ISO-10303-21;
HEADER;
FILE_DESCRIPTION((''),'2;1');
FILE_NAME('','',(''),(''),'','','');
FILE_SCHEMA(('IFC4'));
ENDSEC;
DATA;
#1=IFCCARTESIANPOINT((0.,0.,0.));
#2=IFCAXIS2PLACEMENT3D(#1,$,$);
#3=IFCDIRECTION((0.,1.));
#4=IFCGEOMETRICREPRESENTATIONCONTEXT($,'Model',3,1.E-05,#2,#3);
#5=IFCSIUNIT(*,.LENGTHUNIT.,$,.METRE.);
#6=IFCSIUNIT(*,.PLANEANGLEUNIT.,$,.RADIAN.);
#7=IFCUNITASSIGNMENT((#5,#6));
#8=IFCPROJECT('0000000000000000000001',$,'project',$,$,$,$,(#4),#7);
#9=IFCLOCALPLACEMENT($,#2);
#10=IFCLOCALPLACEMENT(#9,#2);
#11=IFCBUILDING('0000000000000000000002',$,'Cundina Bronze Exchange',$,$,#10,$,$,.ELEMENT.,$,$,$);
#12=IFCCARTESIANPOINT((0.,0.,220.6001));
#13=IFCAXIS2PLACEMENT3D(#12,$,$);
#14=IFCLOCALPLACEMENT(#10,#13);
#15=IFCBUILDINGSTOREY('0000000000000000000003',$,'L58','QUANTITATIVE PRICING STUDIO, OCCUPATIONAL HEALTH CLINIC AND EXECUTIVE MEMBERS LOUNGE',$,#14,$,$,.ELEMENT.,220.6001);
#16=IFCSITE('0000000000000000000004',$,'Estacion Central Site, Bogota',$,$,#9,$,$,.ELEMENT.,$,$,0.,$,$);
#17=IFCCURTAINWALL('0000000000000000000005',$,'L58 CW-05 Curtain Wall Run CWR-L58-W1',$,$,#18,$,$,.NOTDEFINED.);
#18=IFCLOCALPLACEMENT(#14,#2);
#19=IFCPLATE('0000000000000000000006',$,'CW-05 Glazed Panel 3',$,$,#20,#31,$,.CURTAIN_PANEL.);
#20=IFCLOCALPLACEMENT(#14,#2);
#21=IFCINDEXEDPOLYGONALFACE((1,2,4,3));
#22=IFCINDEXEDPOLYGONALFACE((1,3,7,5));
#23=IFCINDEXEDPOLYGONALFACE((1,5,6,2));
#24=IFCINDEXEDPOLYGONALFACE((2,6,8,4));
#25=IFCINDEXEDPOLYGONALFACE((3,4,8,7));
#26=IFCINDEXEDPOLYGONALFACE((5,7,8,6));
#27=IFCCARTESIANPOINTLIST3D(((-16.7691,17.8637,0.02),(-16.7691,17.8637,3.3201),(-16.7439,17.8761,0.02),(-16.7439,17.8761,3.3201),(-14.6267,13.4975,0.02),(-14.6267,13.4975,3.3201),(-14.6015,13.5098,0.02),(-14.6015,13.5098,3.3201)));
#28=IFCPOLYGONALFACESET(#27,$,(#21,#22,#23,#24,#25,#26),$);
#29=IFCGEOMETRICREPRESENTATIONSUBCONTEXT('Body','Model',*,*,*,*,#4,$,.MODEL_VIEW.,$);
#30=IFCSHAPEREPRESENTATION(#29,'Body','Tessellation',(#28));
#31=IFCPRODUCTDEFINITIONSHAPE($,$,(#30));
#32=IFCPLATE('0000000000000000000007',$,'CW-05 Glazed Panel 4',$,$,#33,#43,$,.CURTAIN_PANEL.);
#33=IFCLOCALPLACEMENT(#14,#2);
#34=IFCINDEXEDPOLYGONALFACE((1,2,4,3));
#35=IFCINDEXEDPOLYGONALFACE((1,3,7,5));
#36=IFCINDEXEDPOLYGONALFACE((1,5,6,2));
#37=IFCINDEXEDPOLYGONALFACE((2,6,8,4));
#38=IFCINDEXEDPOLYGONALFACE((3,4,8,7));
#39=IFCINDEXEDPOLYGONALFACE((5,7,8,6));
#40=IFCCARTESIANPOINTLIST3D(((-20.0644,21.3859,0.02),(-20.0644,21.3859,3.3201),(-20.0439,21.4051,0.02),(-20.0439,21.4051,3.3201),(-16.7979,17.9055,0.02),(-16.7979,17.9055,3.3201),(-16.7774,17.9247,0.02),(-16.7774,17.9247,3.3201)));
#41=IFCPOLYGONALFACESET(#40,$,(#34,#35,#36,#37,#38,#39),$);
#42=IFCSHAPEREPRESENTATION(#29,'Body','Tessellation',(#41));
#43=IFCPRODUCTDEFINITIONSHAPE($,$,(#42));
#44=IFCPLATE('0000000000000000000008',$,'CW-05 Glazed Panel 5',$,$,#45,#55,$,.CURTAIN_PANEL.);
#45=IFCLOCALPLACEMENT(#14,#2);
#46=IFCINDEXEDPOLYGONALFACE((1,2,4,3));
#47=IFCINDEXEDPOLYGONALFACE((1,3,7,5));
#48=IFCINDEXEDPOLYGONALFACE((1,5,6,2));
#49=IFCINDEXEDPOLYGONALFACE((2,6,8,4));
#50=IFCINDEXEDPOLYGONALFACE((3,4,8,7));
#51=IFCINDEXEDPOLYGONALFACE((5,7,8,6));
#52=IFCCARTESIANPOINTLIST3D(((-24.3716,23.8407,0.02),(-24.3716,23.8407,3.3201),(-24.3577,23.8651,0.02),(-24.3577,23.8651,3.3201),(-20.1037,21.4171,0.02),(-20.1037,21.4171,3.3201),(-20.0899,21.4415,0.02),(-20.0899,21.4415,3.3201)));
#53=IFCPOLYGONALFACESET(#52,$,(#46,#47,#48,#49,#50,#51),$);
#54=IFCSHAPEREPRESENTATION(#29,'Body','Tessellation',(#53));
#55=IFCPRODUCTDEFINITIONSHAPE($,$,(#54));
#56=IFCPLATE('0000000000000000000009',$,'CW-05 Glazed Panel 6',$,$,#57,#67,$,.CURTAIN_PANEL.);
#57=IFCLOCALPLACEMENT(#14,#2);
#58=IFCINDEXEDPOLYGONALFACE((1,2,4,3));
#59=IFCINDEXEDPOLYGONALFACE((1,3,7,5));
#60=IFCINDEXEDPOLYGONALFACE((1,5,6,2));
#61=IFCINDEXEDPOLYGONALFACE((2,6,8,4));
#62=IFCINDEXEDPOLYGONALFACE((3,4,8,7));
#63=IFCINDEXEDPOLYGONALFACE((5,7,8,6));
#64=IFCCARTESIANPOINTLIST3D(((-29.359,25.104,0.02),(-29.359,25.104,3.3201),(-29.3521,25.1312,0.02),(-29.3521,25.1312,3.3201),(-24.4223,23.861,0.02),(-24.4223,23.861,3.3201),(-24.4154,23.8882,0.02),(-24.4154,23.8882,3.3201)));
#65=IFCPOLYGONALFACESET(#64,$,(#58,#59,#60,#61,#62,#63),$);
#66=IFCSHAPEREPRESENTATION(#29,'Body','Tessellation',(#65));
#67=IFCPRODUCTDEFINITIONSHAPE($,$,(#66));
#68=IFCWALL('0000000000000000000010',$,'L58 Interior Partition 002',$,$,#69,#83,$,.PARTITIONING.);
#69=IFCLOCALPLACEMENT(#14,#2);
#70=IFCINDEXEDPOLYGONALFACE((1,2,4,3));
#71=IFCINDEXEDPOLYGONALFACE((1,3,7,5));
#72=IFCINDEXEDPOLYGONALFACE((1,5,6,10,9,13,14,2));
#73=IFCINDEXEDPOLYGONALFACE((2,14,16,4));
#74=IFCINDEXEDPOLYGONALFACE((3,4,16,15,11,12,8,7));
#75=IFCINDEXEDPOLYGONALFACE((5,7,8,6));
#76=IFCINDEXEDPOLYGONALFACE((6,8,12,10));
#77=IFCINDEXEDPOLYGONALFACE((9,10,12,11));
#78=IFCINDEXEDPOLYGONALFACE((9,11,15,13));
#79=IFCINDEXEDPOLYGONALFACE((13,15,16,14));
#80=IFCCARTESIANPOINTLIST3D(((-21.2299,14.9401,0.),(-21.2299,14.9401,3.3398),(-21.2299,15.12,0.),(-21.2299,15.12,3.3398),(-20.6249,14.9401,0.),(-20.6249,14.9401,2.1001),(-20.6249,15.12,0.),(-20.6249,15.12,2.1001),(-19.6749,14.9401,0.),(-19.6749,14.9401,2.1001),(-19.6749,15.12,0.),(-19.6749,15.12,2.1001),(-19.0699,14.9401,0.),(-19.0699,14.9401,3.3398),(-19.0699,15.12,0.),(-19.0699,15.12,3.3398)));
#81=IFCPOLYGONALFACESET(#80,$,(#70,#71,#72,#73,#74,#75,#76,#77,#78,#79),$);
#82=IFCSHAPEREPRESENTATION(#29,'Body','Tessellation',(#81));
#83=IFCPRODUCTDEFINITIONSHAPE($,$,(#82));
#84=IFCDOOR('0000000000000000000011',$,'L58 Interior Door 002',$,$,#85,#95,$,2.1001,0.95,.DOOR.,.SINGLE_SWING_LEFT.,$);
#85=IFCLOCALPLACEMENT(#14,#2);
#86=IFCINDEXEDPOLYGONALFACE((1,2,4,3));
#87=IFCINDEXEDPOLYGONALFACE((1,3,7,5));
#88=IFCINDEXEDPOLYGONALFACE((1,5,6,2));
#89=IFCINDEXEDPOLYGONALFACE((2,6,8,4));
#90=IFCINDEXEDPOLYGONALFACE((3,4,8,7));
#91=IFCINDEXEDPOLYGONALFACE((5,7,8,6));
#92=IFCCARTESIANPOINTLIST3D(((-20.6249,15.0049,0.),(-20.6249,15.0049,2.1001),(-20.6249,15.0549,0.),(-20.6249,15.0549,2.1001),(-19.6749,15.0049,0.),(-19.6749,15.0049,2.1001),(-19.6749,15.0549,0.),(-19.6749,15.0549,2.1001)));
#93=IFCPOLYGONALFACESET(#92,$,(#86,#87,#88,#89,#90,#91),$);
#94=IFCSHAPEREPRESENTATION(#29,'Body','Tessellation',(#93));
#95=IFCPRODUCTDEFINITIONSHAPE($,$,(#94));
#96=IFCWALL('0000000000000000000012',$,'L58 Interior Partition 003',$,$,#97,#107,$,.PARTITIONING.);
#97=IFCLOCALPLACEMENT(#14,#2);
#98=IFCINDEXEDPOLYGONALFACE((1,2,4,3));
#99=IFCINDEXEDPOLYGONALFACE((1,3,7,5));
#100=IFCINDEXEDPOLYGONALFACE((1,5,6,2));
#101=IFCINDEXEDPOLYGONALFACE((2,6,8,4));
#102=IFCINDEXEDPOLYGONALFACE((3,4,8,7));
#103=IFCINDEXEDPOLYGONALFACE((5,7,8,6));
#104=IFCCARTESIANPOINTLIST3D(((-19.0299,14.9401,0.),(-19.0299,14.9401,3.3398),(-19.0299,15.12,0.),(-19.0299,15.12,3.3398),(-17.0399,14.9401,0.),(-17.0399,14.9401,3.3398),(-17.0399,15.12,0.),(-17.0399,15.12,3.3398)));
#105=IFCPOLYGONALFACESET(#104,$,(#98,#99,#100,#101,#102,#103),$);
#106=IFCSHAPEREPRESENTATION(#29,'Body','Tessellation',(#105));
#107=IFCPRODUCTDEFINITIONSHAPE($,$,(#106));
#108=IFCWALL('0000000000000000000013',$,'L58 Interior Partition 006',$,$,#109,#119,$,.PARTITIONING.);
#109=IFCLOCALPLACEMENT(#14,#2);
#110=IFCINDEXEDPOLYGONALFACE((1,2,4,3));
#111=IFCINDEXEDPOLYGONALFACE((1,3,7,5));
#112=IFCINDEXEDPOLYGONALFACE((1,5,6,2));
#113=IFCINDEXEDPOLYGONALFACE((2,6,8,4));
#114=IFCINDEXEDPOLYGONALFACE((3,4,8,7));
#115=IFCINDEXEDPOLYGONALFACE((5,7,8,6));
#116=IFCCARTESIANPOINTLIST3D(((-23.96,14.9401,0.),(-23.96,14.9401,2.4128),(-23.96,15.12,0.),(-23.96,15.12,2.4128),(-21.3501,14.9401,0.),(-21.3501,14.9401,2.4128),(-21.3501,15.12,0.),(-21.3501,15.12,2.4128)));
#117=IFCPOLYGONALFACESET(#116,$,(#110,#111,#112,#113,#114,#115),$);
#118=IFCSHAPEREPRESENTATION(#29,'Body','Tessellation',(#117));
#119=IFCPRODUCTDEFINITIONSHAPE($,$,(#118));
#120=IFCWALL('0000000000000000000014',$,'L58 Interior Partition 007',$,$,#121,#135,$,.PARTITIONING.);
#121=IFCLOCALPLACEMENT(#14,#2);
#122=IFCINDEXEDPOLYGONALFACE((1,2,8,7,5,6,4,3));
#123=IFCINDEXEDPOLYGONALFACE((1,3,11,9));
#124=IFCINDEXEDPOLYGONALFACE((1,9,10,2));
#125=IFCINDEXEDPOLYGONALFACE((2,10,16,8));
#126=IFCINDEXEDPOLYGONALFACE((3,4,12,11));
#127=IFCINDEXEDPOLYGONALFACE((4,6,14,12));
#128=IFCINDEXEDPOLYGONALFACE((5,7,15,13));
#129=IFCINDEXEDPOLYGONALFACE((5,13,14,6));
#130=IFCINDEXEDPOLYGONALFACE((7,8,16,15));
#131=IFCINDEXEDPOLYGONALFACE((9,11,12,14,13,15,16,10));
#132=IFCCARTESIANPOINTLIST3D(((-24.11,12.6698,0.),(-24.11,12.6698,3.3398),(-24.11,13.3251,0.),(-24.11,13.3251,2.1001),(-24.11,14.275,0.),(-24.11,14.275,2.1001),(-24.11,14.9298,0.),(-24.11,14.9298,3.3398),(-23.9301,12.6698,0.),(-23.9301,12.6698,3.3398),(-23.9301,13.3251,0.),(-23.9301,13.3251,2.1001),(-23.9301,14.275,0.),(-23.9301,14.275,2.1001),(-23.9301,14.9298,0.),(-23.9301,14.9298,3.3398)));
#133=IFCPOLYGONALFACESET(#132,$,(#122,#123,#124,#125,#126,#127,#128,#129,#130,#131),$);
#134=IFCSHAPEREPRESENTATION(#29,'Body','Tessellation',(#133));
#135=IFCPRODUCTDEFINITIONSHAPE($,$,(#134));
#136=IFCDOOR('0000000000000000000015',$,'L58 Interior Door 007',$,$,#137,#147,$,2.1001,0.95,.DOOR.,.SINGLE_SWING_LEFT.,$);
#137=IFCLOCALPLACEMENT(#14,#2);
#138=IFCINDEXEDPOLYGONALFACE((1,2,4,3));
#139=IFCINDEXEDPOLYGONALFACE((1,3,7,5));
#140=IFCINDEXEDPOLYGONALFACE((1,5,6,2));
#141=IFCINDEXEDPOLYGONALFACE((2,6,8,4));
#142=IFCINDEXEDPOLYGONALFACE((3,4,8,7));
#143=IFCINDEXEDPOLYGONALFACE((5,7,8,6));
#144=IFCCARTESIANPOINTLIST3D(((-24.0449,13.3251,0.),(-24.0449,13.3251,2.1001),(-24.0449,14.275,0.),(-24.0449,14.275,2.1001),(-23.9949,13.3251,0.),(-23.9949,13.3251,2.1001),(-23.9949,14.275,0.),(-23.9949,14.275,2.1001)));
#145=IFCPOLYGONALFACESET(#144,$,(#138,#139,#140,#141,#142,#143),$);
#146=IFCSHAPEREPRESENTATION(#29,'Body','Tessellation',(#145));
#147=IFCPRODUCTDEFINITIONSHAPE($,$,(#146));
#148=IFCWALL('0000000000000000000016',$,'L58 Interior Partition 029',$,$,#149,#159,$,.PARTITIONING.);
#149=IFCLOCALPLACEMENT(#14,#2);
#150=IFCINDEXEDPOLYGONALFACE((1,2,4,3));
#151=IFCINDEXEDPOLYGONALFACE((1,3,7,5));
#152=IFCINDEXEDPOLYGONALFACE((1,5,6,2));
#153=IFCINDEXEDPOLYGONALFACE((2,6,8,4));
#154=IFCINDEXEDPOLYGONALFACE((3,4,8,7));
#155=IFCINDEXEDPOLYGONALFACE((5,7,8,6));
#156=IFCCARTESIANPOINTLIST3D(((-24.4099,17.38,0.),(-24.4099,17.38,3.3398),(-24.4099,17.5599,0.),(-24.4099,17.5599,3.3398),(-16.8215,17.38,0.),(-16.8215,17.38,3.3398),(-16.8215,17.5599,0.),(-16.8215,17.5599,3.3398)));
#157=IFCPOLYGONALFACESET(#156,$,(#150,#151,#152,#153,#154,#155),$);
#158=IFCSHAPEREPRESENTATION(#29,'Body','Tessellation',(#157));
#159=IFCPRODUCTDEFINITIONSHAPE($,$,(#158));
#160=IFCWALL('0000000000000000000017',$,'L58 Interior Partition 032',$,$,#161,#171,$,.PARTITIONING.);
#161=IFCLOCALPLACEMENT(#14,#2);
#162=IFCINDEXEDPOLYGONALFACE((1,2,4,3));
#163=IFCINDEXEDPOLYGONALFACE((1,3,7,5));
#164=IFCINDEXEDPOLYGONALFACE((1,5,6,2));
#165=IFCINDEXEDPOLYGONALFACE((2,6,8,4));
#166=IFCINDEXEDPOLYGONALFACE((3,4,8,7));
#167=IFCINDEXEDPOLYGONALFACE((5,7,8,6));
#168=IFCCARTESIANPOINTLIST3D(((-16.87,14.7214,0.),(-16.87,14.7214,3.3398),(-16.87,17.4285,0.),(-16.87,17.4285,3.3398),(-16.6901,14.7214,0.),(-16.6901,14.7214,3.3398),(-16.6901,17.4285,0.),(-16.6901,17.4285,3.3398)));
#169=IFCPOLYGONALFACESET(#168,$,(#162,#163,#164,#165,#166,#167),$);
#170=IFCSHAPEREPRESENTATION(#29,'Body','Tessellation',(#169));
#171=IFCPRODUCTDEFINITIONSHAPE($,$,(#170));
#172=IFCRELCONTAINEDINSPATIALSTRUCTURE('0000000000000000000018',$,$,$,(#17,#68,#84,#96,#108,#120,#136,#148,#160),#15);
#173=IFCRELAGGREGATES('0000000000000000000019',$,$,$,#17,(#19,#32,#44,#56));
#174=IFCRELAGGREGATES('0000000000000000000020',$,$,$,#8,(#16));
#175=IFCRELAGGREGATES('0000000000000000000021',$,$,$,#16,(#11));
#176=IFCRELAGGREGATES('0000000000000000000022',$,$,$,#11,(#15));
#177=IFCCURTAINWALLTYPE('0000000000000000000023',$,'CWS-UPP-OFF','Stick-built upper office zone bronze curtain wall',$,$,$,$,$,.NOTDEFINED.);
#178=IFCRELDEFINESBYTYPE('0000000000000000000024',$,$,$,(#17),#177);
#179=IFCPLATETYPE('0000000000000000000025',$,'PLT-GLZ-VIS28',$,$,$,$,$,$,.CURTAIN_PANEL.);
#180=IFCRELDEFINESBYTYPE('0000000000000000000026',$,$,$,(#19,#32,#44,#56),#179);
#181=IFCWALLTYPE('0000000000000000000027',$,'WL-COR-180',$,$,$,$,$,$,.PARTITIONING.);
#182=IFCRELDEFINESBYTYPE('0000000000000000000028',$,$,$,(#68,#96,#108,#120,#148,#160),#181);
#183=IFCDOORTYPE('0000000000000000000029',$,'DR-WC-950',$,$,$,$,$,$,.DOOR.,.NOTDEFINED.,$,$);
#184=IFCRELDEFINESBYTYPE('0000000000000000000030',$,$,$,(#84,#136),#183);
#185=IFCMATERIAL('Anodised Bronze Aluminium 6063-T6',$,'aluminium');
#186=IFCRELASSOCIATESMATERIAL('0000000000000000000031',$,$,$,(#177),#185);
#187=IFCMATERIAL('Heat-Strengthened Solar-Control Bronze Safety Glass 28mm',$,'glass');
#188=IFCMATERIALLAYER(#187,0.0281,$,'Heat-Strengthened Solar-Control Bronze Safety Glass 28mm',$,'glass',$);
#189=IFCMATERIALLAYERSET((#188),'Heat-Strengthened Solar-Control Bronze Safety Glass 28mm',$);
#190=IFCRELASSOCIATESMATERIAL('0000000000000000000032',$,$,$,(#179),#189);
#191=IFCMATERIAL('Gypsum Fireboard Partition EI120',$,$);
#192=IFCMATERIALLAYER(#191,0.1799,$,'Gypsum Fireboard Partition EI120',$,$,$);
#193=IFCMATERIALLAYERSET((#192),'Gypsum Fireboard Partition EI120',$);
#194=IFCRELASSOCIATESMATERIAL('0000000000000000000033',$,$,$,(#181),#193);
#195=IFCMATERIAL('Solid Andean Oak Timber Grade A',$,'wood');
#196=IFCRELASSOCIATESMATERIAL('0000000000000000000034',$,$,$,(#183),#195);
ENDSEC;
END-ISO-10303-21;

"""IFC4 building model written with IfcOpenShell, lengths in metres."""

from ifc_helpers import new_model, si_unit, direction, frame, frame_2d, origin, origin_2d, place, context, subcontext, project, spatial, rectangle, extrude, material, layer, layer_set, type_object, element, fill, aggregate, save


model = new_model("IFC4")

# Units and contexts
model_context = context("Model", 3, precision=1e-05, world=origin(), true_north=direction((0.0, 1.0)))
body_context = subcontext(model_context, "Body", "Model", "MODEL_VIEW")
ifc_project = project(units=[si_unit("LENGTHUNIT", "METRE"), si_unit("PLANEANGLEUNIT", "RADIAN")], contexts=[model_context])

# Site, building, storey
site_placement = place(None, origin())
site = spatial("IfcSite", under=ifc_project, at=site_placement, Name="Estacion Central Site, Bogota", CompositionType="ELEMENT", RefElevation=0.0)
building_placement = place(site_placement, origin())
building = spatial("IfcBuilding", under=site, at=building_placement, Name="Cundina Bronze Exchange", CompositionType="ELEMENT")
storey_placement = place(building_placement, frame((0.0, 0.0, 220.6001)))
storey = spatial("IfcBuildingStorey", under=building, at=storey_placement, Name="L58", Description="QUANTITATIVE PRICING STUDIO, OCCUPATIONAL HEALTH CLINIC AND EXECUTIVE MEMBERS LOUNGE", CompositionType="ELEMENT", Elevation=220.6001)

# Curtain wall, plates
ifc_material_1 = material(Name="Anodised Bronze Aluminium 6063-T6", Category="aluminium")
curtain_wall_type = type_object("IfcCurtainWallType", Name="CWS-UPP-OFF", Description="Stick-built upper office zone bronze curtain wall", PredefinedType="NOTDEFINED", material=ifc_material_1)
curtain_wall_placement = place(storey_placement, origin())
curtain_wall = element("IfcCurtainWall", 1, at=curtain_wall_placement, inside=storey, type_object=curtain_wall_type, Name="L58 CW-05 Curtain Wall Run CWR-L58-W1", PredefinedType="NOTDEFINED")
ifc_material_2 = material(Name="Heat-Strengthened Solar-Control Bronze Safety Glass 28mm", Category="glass")
ifc_layer_1 = layer(ifc_material_2, 0.0281, Name="Heat-Strengthened Solar-Control Bronze Safety Glass 28mm", Category="glass")
ifc_layer_set_1 = layer_set([ifc_layer_1], Name="Heat-Strengthened Solar-Control Bronze Safety Glass 28mm")
plate_type = type_object("IfcPlateType", Name="PLT-GLZ-VIS28", PredefinedType="CURTAIN_PANEL", material=ifc_layer_set_1)
plate_1_placement = place(storey_placement, frame((-15.6853, 15.6868, 0.02), z_axis=(0.0, 0.0, 1.0), x_axis=(-0.440503, 0.897751, 0.0)))
plate_1 = element("IfcPlate", 2, at=plate_1_placement, type_object=plate_type, Name="CW-05 Glazed Panel 3", PredefinedType="CURTAIN_PANEL", context=body_context, shape_type="SweptSolid", body=[
    extrude(rectangle(XDim=4.8635, YDim=0.0281, at=origin_2d()), origin(), (0.0, 0.0, 1.0), 3.3),
])
plate_2_placement = place(storey_placement, frame((-18.4209, 19.6553, 0.02), z_axis=(0.0, 0.0, 1.0), x_axis=(-0.684344, 0.72916, 0.0)))
plate_2 = element("IfcPlate", 3, at=plate_2_placement, type_object=plate_type, Name="CW-05 Glazed Panel 4", PredefinedType="CURTAIN_PANEL", context=body_context, shape_type="SweptSolid", body=[
    extrude(rectangle(XDim=4.7732, YDim=0.0281, at=origin_2d()), origin(), (0.0, 0.0, 1.0), 3.3),
])
plate_3_placement = place(storey_placement, frame((-22.2307, 22.6411, 0.02), z_axis=(0.0, 0.0, 1.0), x_axis=(-0.869573, 0.493805, 0.0)))
plate_3 = element("IfcPlate", 4, at=plate_3_placement, type_object=plate_type, Name="CW-05 Glazed Panel 5", PredefinedType="CURTAIN_PANEL", context=body_context, shape_type="SweptSolid", body=[
    extrude(rectangle(XDim=4.908, YDim=0.0281, at=origin_2d()), origin(), (0.0, 0.0, 1.0), 3.3),
])
plate_4_placement = place(storey_placement, frame((-26.8872, 24.4961, 0.02), z_axis=(0.0, 0.0, 1.0), x_axis=(-0.969732, 0.244174, 0.0)))
plate_4 = element("IfcPlate", 5, at=plate_4_placement, type_object=plate_type, Name="CW-05 Glazed Panel 6", PredefinedType="CURTAIN_PANEL", context=body_context, shape_type="SweptSolid", body=[
    extrude(rectangle(XDim=5.0908, YDim=0.0281, at=origin_2d()), origin(), (0.0, 0.0, 1.0), 3.3),
])
aggregate(curtain_wall, [plate_1, plate_2, plate_3, plate_4])

# Wall, opening, door
ifc_material_3 = material(Name="Gypsum Fireboard Partition EI120")
ifc_layer_2 = layer(ifc_material_3, 0.1799, Name="Gypsum Fireboard Partition EI120")
ifc_layer_set_2 = layer_set([ifc_layer_2], Name="Gypsum Fireboard Partition EI120")
wall_type_1 = type_object("IfcWallType", Name="WL-COR-180", PredefinedType="PARTITIONING", material=ifc_layer_set_2)
wall_1_placement = place(storey_placement, frame((-21.23, 15.03, 0.0), z_axis=(0.0, 0.0, 1.0), x_axis=(1.0, 0.0, 0.0)))
wall_1 = element("IfcWall", 6, at=wall_1_placement, inside=storey, type_object=wall_type_1, Name="L58 Interior Partition 002", PredefinedType="PARTITIONING", context=body_context, shape_type="SweptSolid", body=[
    extrude(rectangle(XDim=2.1599, YDim=0.1799, at=frame_2d((1.0801, 0.0))), origin(), (0.0, 0.0, 1.0), 3.3398),
])
opening_1_placement = place(wall_1_placement, frame((0.605, 0.0, 0.0)))
opening_1 = element("IfcOpeningElement", 7, at=opening_1_placement, cuts=wall_1, PredefinedType="OPENING", context=body_context, shape_type="SweptSolid", body=[
    extrude(rectangle(XDim=0.95, YDim=2.1001, at=frame_2d((0.4751, 1.05))), frame((0.0, 0.0999, 0.0), z_axis=(0.0, -1.0, 0.0), x_axis=(1.0, 0.0, 0.0)), (0.0, 0.0, 1.0), 0.2),
])
ifc_material_4 = material(Name="Solid Andean Oak Timber Grade A", Category="wood")
door_type_1 = type_object("IfcDoorType", Name="DR-WC-950", OperationType="NOTDEFINED", PredefinedType="DOOR", material=ifc_material_4)
door_1_placement = place(opening_1_placement, origin())
door_1 = element("IfcDoor", 8, at=door_1_placement, inside=storey, type_object=door_type_1, Name="L58 Interior Door 002", OperationType="SINGLE_SWING_LEFT", OverallHeight=2.1001, OverallWidth=0.95, PredefinedType="DOOR", context=body_context, shape_type="SweptSolid", body=[
    extrude(rectangle(XDim=0.95, YDim=2.1001, at=frame_2d((0.4751, 1.05))), frame((0.0, 0.0249, 0.0), z_axis=(0.0, -1.0, 0.0), x_axis=(1.0, 0.0, 0.0)), (0.0, 0.0, 1.0), 0.05),
])
fill(opening_1, door_1)

# Walls
wall_2_placement = place(storey_placement, frame((-19.03, 15.03, 0.0), z_axis=(0.0, 0.0, 1.0), x_axis=(1.0, 0.0, 0.0)))
element("IfcWall", 9, at=wall_2_placement, inside=storey, type_object=wall_type_1, Name="L58 Interior Partition 003", PredefinedType="PARTITIONING", context=body_context, shape_type="SweptSolid", body=[
    extrude(rectangle(XDim=1.99, YDim=0.1799, at=frame_2d((0.9951, 0.0))), origin(), (0.0, 0.0, 1.0), 3.3398),
])
wall_3_placement = place(storey_placement, frame((-23.96, 15.03, 0.0), z_axis=(0.0, 0.0, 1.0), x_axis=(1.0, 0.0, 0.0)))
element("IfcWall", 10, at=wall_3_placement, inside=storey, type_object=wall_type_1, Name="L58 Interior Partition 006", PredefinedType="PARTITIONING", context=body_context, shape_type="SweptSolid", body=[
    extrude(rectangle(XDim=2.6099, YDim=0.1799, at=frame_2d((1.3049, 0.0))), origin(), (0.0, 0.0, 1.0), 2.4128),
])

# Wall, opening, door
wall_4_placement = place(storey_placement, frame((-24.02, 12.6699, 0.0), z_axis=(0.0, 0.0, 1.0), x_axis=(0.0, 1.0, 0.0)))
wall_4 = element("IfcWall", 11, at=wall_4_placement, inside=storey, type_object=wall_type_1, Name="L58 Interior Partition 007", PredefinedType="PARTITIONING", context=body_context, shape_type="SweptSolid", body=[
    extrude(rectangle(XDim=2.26, YDim=0.1799, at=frame_2d((1.1299, 0.0))), origin(), (0.0, 0.0, 1.0), 3.3398),
])
opening_2_placement = place(wall_4_placement, frame((0.655, 0.0, 0.0)))
opening_2 = element("IfcOpeningElement", 12, at=opening_2_placement, cuts=wall_4, PredefinedType="OPENING", context=body_context, shape_type="SweptSolid", body=[
    extrude(rectangle(XDim=0.95, YDim=2.1001, at=frame_2d((0.4751, 1.05))), frame((0.0, 0.0999, 0.0), z_axis=(0.0, -1.0, 0.0), x_axis=(1.0, 0.0, 0.0)), (0.0, 0.0, 1.0), 0.2),
])
door_2_placement = place(opening_2_placement, origin())
door_2 = element("IfcDoor", 13, at=door_2_placement, inside=storey, type_object=door_type_1, Name="L58 Interior Door 007", OperationType="SINGLE_SWING_LEFT", OverallHeight=2.1001, OverallWidth=0.95, PredefinedType="DOOR", context=body_context, shape_type="SweptSolid", body=[
    extrude(rectangle(XDim=0.95, YDim=2.1001, at=frame_2d((0.4751, 1.05))), frame((0.0, 0.0249, 0.0), z_axis=(0.0, -1.0, 0.0), x_axis=(1.0, 0.0, 0.0)), (0.0, 0.0, 1.0), 0.05),
])
fill(opening_2, door_2)

# Walls
wall_5_placement = place(storey_placement, frame((-16.8215, 17.47, 0.0), z_axis=(0.0, 0.0, 1.0), x_axis=(-1.0, 0.0, 0.0)))
element("IfcWall", 14, at=wall_5_placement, inside=storey, type_object=wall_type_1, Name="L58 Interior Partition 029", PredefinedType="PARTITIONING", context=body_context, shape_type="SweptSolid", body=[
    extrude(rectangle(XDim=7.5884, YDim=0.1799, at=frame_2d((3.7942, 0.0))), origin(), (0.0, 0.0, 1.0), 3.3398),
])
wall_6_placement = place(storey_placement, frame((-16.78, 14.7214, 0.0), z_axis=(0.0, 0.0, 1.0), x_axis=(0.0, 1.0, 0.0)))
element("IfcWall", 15, at=wall_6_placement, inside=storey, type_object=wall_type_1, Name="L58 Interior Partition 032", PredefinedType="PARTITIONING", context=body_context, shape_type="SweptSolid", body=[
    extrude(rectangle(XDim=2.707, YDim=0.1799, at=frame_2d((1.3535, 0.0))), origin(), (0.0, 0.0, 1.0), 3.3398),
])

save(model, "model.ifc")
